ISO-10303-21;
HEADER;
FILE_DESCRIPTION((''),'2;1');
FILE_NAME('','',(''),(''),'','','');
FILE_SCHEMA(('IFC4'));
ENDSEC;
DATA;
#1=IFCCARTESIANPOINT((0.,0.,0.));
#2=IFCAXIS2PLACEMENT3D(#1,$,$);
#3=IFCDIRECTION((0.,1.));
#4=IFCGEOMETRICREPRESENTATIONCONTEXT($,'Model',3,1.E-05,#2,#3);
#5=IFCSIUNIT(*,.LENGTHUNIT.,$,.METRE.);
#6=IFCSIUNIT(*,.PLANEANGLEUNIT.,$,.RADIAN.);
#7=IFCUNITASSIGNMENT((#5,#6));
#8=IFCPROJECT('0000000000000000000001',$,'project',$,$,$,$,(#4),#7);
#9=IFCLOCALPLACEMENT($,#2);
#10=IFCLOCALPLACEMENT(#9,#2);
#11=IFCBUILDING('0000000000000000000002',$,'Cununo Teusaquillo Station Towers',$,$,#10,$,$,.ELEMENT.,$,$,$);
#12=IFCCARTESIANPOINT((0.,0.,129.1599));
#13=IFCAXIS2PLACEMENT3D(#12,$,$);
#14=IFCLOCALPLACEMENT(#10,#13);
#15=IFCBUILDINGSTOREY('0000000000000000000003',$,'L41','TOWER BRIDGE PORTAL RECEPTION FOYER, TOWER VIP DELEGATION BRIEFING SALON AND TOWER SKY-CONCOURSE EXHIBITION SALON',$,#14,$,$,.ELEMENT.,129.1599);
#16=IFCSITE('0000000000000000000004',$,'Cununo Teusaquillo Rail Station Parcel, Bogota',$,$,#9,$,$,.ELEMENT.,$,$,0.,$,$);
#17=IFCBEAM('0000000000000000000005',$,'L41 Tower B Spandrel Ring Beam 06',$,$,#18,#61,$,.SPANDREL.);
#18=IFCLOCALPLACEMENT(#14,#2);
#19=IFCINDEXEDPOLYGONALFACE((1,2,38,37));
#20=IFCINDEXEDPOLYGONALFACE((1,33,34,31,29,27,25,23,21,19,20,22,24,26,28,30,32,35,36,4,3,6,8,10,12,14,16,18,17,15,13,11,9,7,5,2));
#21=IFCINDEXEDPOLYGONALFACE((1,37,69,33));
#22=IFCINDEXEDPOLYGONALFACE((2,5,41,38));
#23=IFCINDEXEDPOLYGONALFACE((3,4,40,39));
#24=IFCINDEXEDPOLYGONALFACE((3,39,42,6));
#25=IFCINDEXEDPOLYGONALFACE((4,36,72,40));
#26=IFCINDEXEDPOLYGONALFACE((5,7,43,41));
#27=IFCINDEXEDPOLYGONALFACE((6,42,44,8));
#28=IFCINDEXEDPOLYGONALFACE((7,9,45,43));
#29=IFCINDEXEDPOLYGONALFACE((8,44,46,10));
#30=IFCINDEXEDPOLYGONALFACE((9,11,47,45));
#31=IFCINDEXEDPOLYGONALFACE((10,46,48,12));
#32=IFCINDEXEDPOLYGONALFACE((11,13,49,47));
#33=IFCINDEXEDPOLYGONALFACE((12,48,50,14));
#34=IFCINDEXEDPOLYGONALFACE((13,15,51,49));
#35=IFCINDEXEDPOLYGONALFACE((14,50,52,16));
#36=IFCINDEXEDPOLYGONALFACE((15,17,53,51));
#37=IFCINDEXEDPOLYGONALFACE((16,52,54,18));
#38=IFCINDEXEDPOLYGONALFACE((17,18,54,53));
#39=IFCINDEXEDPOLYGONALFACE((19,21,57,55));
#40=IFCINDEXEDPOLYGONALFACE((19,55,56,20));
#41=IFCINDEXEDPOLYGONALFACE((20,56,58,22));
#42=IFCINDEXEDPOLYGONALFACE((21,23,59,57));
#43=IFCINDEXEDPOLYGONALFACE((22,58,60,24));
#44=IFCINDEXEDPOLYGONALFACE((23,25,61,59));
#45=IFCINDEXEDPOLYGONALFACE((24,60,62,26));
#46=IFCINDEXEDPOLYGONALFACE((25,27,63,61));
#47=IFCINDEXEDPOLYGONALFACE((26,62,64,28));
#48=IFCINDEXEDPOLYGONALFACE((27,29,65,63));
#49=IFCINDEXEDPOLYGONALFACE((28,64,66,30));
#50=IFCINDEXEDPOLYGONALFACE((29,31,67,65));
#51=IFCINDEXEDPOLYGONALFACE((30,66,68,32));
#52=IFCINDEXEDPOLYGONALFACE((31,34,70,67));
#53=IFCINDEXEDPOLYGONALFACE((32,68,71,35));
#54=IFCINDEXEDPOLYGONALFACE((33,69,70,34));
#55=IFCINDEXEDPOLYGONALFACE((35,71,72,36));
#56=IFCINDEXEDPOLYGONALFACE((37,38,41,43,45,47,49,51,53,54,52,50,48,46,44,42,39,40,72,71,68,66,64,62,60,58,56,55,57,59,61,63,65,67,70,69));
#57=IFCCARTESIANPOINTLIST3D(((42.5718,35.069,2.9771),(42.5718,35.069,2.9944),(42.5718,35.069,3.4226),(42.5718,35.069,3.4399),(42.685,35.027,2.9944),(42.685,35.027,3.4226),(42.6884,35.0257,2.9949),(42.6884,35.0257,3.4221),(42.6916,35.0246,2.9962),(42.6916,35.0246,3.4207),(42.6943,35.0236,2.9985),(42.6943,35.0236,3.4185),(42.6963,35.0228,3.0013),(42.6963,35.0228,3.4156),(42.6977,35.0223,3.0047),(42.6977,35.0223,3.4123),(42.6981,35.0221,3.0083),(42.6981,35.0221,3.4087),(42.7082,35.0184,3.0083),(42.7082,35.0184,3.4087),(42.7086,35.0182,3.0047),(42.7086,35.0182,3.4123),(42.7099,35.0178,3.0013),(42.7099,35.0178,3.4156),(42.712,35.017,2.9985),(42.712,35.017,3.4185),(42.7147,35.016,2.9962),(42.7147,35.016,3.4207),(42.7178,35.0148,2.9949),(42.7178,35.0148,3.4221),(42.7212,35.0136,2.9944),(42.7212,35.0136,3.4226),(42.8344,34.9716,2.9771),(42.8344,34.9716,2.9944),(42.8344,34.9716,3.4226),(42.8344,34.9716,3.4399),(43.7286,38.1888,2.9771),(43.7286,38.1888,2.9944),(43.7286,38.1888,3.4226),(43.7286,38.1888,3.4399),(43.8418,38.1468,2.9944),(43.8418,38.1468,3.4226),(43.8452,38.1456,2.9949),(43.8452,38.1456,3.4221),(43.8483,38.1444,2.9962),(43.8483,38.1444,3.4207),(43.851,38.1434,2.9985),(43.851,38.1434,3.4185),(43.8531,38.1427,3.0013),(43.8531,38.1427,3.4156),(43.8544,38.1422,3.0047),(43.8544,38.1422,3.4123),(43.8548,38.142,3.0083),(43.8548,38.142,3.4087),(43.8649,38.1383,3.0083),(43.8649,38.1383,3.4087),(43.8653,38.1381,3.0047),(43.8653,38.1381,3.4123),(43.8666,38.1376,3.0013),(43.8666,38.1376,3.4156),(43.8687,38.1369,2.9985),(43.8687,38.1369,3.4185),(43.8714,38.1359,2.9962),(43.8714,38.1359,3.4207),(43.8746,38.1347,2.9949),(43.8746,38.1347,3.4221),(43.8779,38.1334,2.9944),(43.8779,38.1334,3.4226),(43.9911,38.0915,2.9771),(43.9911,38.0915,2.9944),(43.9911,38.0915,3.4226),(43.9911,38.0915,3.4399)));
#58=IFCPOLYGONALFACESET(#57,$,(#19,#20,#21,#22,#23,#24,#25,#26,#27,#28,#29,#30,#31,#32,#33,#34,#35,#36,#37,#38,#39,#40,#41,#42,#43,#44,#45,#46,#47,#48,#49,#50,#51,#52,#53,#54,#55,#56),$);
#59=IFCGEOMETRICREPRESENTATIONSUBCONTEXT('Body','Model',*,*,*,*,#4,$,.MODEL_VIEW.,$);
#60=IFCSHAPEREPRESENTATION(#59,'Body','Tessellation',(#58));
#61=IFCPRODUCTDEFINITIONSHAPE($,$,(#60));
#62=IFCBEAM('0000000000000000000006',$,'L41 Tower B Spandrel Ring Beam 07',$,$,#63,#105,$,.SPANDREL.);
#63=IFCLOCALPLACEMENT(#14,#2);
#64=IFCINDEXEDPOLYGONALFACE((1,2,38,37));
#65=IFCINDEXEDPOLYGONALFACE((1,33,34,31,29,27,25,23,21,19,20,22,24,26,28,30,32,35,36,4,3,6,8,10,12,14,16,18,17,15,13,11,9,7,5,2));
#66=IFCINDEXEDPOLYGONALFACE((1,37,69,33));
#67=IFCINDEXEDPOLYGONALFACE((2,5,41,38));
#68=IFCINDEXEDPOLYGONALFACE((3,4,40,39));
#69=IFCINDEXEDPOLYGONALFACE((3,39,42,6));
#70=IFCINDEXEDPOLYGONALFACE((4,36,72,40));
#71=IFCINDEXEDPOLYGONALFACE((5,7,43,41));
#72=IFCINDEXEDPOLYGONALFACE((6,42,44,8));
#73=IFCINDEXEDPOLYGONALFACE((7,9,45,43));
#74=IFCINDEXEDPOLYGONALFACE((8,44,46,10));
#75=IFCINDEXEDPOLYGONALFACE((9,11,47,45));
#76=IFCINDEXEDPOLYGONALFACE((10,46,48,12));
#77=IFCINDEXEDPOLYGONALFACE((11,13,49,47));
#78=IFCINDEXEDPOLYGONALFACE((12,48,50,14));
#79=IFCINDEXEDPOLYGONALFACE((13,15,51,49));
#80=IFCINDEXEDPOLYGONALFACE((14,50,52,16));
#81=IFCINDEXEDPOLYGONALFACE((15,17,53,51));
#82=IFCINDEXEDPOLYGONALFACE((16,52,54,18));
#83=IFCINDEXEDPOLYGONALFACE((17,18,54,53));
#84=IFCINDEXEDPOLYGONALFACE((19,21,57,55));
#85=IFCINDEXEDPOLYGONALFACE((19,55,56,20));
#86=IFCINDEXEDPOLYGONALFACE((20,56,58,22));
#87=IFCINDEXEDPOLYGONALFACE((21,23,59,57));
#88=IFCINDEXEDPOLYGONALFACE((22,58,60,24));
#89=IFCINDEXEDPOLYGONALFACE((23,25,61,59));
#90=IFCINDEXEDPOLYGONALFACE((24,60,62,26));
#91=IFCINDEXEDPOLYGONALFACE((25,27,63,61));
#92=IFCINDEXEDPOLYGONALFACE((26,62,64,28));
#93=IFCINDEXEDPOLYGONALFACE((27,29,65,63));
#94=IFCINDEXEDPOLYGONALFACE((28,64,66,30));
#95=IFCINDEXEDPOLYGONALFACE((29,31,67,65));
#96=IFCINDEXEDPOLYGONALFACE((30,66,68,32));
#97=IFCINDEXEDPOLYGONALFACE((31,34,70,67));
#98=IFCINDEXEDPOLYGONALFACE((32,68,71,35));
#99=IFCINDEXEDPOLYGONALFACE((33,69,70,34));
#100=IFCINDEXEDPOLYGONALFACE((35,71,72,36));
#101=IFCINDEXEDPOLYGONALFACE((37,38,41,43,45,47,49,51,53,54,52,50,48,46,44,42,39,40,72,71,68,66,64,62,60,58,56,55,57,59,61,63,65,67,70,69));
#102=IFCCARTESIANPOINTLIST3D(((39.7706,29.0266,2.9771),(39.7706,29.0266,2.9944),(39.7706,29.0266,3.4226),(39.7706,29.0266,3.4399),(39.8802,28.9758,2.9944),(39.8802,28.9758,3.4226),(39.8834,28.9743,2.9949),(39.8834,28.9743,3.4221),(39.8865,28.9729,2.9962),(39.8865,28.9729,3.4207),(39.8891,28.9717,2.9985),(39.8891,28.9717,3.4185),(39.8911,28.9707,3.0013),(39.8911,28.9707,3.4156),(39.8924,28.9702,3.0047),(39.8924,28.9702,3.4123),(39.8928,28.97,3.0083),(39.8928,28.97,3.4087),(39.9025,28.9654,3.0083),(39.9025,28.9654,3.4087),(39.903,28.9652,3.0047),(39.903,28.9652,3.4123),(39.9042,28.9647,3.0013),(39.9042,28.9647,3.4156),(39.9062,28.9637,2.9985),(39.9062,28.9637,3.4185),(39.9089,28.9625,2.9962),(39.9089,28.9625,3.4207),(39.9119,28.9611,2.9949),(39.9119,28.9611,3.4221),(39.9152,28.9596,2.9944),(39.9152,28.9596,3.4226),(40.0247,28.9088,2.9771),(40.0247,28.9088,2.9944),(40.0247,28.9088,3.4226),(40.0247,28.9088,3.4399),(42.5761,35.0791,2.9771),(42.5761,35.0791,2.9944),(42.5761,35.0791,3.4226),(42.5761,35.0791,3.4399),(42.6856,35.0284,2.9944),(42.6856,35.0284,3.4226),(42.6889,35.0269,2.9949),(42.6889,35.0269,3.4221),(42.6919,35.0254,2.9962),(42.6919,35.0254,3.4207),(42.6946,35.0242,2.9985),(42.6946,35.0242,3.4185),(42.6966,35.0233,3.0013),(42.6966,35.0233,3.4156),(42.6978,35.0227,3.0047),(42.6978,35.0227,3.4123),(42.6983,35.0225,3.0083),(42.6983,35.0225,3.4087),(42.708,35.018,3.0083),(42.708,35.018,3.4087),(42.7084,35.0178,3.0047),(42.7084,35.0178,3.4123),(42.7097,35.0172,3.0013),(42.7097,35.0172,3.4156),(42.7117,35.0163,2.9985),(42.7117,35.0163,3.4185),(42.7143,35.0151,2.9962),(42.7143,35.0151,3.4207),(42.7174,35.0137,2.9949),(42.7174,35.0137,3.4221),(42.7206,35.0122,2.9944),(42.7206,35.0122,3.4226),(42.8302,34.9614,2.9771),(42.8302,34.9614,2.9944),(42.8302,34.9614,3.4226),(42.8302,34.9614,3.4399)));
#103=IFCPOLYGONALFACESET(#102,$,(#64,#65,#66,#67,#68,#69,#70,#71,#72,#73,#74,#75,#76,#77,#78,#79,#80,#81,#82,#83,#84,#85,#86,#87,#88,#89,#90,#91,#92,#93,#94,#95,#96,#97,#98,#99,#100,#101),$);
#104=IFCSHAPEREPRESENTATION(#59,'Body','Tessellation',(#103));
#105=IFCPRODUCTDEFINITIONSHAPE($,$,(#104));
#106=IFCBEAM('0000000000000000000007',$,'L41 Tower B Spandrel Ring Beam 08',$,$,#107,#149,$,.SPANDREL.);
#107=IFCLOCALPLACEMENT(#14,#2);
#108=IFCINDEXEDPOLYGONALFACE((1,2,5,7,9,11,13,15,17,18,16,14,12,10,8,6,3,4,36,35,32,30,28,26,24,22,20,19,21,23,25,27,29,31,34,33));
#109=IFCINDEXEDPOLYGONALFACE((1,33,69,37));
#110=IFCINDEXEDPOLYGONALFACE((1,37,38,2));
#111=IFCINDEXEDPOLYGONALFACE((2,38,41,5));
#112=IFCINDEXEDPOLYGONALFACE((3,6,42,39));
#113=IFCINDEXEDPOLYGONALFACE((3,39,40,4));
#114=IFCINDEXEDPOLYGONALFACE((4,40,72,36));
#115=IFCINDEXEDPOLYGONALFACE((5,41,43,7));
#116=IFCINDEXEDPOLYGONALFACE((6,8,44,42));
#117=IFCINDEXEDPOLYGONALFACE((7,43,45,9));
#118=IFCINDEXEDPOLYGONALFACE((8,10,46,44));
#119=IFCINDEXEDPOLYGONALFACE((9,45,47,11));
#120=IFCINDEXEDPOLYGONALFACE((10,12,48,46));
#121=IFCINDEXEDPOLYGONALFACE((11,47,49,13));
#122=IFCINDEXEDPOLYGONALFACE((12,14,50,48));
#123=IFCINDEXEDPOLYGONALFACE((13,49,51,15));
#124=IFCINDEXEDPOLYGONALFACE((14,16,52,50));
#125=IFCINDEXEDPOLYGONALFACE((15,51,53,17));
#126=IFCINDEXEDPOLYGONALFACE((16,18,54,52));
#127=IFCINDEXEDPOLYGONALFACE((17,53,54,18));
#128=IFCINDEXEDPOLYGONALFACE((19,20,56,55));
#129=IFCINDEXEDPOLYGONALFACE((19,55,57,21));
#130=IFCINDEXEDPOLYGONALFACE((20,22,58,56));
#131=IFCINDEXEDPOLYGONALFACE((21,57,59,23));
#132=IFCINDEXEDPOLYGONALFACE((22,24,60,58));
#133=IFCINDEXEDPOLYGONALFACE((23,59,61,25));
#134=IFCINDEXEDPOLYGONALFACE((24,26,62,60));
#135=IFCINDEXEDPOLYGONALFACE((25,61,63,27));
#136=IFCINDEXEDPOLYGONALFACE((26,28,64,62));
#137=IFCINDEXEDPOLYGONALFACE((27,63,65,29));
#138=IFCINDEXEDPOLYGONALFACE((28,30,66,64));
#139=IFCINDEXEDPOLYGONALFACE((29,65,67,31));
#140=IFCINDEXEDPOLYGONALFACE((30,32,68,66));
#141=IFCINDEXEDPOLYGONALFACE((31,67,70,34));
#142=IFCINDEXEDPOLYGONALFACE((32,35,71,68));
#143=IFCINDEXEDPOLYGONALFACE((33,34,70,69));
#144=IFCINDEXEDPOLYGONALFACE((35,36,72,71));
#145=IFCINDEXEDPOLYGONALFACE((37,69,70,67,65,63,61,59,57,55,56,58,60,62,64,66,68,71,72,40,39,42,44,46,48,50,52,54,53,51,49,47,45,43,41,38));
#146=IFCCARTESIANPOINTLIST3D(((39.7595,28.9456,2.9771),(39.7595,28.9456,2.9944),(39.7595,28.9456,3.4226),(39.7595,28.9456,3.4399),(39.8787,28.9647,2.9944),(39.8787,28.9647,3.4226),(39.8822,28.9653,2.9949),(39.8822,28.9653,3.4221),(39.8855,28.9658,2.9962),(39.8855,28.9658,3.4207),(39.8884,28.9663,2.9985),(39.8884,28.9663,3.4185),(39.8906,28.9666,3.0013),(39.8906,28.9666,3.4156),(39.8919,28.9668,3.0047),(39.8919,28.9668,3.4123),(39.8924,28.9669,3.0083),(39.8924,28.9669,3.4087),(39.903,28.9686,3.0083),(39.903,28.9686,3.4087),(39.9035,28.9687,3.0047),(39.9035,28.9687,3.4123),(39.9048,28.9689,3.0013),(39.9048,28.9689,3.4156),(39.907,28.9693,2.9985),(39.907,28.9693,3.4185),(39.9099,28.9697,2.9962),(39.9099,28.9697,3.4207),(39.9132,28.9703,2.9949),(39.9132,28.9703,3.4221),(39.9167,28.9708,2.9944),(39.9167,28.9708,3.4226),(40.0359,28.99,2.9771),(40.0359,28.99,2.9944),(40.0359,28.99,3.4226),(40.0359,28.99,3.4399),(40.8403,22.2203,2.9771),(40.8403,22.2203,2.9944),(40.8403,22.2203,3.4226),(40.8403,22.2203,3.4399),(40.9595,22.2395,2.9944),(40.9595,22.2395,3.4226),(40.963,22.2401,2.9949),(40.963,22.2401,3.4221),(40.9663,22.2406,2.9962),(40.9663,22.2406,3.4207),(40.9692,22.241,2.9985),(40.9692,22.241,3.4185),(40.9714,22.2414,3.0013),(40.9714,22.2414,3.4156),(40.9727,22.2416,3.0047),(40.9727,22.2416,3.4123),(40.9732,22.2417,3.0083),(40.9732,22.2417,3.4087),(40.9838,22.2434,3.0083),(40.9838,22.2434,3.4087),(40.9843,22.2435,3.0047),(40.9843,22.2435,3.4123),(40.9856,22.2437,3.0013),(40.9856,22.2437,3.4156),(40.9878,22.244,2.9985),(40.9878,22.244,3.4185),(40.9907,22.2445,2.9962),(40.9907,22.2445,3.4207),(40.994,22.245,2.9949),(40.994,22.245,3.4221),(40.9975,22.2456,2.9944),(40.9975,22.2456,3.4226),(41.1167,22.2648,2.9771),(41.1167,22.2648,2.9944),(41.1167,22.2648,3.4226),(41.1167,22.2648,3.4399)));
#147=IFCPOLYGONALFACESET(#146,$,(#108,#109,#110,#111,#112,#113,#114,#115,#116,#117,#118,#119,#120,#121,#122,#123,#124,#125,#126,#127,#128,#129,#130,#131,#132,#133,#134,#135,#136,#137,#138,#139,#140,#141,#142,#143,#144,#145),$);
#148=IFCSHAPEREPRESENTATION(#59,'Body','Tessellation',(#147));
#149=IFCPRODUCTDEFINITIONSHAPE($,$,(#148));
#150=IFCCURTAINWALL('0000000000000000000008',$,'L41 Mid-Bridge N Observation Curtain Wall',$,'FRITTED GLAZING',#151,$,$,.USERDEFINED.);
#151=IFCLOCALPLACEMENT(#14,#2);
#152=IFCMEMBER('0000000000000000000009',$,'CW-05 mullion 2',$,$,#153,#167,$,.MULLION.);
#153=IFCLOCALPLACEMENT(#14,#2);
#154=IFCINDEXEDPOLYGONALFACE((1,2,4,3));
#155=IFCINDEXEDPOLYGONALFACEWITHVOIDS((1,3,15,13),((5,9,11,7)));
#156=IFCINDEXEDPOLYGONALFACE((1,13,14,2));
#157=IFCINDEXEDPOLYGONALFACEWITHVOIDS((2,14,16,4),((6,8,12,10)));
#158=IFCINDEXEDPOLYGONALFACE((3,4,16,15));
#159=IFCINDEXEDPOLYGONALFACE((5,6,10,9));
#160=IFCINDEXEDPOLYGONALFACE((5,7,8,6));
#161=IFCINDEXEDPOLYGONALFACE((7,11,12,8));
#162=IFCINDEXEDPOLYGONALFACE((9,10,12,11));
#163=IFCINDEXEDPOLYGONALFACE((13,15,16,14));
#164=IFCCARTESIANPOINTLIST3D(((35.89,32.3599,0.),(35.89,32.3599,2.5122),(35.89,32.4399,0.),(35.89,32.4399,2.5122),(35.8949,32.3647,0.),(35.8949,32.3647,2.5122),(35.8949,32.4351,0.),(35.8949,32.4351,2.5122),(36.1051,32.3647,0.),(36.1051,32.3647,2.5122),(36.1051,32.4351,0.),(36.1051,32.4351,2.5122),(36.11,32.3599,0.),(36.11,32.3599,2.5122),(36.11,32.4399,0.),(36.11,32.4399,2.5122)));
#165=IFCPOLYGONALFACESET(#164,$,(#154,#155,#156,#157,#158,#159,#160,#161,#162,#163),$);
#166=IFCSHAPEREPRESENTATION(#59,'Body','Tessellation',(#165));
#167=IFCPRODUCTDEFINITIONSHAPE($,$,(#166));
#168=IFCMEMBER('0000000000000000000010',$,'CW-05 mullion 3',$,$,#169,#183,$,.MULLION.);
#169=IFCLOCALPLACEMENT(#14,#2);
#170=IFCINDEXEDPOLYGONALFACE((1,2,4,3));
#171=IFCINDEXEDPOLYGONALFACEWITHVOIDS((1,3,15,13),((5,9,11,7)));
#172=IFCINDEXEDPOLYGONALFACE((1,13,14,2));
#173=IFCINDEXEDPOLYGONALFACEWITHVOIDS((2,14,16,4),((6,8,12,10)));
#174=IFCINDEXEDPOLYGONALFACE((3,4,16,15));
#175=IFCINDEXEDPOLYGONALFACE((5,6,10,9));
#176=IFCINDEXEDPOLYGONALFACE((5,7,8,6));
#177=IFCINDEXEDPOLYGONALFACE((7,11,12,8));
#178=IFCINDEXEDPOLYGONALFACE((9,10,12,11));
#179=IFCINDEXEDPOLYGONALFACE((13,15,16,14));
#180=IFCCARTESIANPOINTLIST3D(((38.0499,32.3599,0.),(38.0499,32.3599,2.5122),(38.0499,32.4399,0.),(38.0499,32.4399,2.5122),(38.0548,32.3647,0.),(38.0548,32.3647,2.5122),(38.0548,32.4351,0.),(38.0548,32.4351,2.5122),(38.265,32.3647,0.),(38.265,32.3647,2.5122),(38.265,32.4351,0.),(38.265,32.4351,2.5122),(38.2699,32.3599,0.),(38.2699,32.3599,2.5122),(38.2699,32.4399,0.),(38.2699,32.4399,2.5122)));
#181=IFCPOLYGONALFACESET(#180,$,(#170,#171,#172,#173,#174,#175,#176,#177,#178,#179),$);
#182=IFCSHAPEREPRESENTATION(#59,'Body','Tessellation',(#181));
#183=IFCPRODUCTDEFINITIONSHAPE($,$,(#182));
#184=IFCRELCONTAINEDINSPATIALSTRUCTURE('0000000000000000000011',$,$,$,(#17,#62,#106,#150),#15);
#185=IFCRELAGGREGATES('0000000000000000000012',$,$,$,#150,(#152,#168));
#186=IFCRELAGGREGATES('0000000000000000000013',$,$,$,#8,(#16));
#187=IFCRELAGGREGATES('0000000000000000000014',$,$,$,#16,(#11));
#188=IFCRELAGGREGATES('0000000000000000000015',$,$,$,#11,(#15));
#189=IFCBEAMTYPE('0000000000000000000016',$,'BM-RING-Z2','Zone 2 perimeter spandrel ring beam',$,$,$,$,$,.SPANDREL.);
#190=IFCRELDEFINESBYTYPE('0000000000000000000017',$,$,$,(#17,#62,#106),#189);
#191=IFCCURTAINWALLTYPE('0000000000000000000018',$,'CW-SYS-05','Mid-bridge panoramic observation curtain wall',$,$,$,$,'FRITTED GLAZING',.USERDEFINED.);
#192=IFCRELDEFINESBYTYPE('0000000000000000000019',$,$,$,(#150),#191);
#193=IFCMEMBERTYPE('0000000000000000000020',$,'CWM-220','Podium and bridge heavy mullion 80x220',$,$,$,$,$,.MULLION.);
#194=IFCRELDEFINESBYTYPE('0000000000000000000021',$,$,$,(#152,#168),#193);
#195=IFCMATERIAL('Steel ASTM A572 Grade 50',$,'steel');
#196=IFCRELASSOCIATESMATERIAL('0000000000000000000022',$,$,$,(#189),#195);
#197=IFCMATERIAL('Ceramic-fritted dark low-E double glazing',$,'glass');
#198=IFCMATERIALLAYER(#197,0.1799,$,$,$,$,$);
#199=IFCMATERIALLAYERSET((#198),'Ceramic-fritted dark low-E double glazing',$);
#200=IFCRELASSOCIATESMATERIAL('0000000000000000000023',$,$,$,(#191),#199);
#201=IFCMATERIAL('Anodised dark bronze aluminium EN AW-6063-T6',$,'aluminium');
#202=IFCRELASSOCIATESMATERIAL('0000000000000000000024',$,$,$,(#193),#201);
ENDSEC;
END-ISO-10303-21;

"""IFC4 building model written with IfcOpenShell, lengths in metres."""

from ifc_helpers import new_model, si_unit, direction, frame, origin, origin_2d, place, context, subcontext, project, spatial, hollow_rectangle, i_section, extrude, material, layer, layer_set, material_profile, profile_set, type_object, element, aggregate, save


model = new_model("IFC4")

# Units and contexts
model_context = context("Model", 3, precision=1e-05, world=origin(), true_north=direction((0.0, 1.0)))
body_context = subcontext(model_context, "Body", "Model", "MODEL_VIEW")
ifc_project = project(units=[si_unit("LENGTHUNIT", "METRE"), si_unit("PLANEANGLEUNIT", "RADIAN")], contexts=[model_context])

# Site, building, storey
site_placement = place(None, origin())
site = spatial("IfcSite", under=ifc_project, at=site_placement, Name="Cununo Teusaquillo Rail Station Parcel, Bogota", CompositionType="ELEMENT", RefElevation=0.0)
building_placement = place(site_placement, origin())
building = spatial("IfcBuilding", under=site, at=building_placement, Name="Cununo Teusaquillo Station Towers", CompositionType="ELEMENT")
storey_placement = place(building_placement, frame((0.0, 0.0, 129.1599)))
storey = spatial("IfcBuildingStorey", under=building, at=storey_placement, Name="L41", Description="TOWER BRIDGE PORTAL RECEPTION FOYER, TOWER VIP DELEGATION BRIEFING SALON AND TOWER SKY-CONCOURSE EXHIBITION SALON", CompositionType="ELEMENT", Elevation=129.1599)

# Beams
ifc_material_1 = material(Name="Steel ASTM A572 Grade 50", Category="steel")
ifc_material_profile_1 = material_profile(ifc_material_1, i_section(OverallWidth=0.28, OverallDepth=0.4629, WebThickness=0.0107, FlangeThickness=0.0173, FilletRadius=0.0139, at=origin_2d()), Name="W18X76")
ifc_profile_set_1 = profile_set([ifc_material_profile_1], Name="Steel ASTM A572 Grade 50")
beam_type_1 = type_object("IfcBeamType", Name="BM-RING-Z2", Description="Zone 2 perimeter spandrel ring beam", PredefinedType="SPANDREL", material=ifc_profile_set_1)
beam_1_placement = place(storey_placement, frame((43.8599, 38.1401, 3.2085), z_axis=(-0.347639, -0.937628, 0.0), x_axis=(0.937628, -0.347639, 0.0)))
element("IfcBeam", 1, at=beam_1_placement, inside=storey, type_object=beam_type_1, Name="L41 Tower B Spandrel Ring Beam 06", PredefinedType="SPANDREL", context=body_context, shape_type="SweptSolid", body=[
    extrude(i_section(OverallWidth=0.28, OverallDepth=0.4629, WebThickness=0.0107, FlangeThickness=0.0173, FilletRadius=0.0139, at=origin_2d()), origin(), (0.0, 0.0, 1.0), 3.3274),
])
beam_2_placement = place(storey_placement, frame((42.7031, 35.0203, 3.2085), z_axis=(-0.420536, -0.907276, 0.0), x_axis=(0.907276, -0.420536, 0.0)))
element("IfcBeam", 2, at=beam_2_placement, inside=storey, type_object=beam_type_1, Name="L41 Tower B Spandrel Ring Beam 07", PredefinedType="SPANDREL", context=body_context, shape_type="SweptSolid", body=[
    extrude(i_section(OverallWidth=0.28, OverallDepth=0.4629, WebThickness=0.0107, FlangeThickness=0.0173, FilletRadius=0.0139, at=origin_2d()), origin(), (0.0, 0.0, 1.0), 6.6711),
])
beam_3_placement = place(storey_placement, frame((39.8977, 28.9678, 3.2085), z_axis=(0.158671, -0.987331, 0.0), x_axis=(0.987331, 0.158671, 0.0)))
element("IfcBeam", 3, at=beam_3_placement, inside=storey, type_object=beam_type_1, Name="L41 Tower B Spandrel Ring Beam 08", PredefinedType="SPANDREL", context=body_context, shape_type="SweptSolid", body=[
    extrude(i_section(OverallWidth=0.28, OverallDepth=0.4629, WebThickness=0.0107, FlangeThickness=0.0173, FilletRadius=0.0139, at=origin_2d()), origin(), (0.0, 0.0, 1.0), 6.8115),
])

# Curtain wall, members
ifc_material_2 = material(Name="Ceramic-fritted dark low-E double glazing", Category="glass")
ifc_layer_1 = layer(ifc_material_2, 0.1799)
ifc_layer_set_1 = layer_set([ifc_layer_1], Name="Ceramic-fritted dark low-E double glazing")
curtain_wall_type = type_object("IfcCurtainWallType", Name="CW-SYS-05", Description="Mid-bridge panoramic observation curtain wall", ElementType="FRITTED GLAZING", PredefinedType="USERDEFINED", material=ifc_layer_set_1)
curtain_wall_placement = place(storey_placement, origin())
curtain_wall = element("IfcCurtainWall", 4, at=curtain_wall_placement, inside=storey, type_object=curtain_wall_type, Name="L41 Mid-Bridge N Observation Curtain Wall", ObjectType="FRITTED GLAZING", PredefinedType="USERDEFINED")
ifc_material_3 = material(Name="Anodised dark bronze aluminium EN AW-6063-T6", Category="aluminium")
ifc_material_profile_2 = material_profile(ifc_material_3, hollow_rectangle(XDim=0.0801, YDim=0.22, WallThickness=0.0049, at=origin_2d()), Name="CW-MULL-80x220")
ifc_profile_set_2 = profile_set([ifc_material_profile_2], Name="Anodised dark bronze aluminium EN AW-6063-T6")
member_type_1 = type_object("IfcMemberType", Name="CWM-220", Description="Podium and bridge heavy mullion 80x220", PredefinedType="MULLION", material=ifc_profile_set_2)
member_1_placement = place(storey_placement, frame((36.0, 32.3999, 0.0), z_axis=(0.0, 0.0, 1.0), x_axis=(0.0, 1.0, 0.0)))
member_1 = element("IfcMember", 5, at=member_1_placement, type_object=member_type_1, Name="CW-05 mullion 2", PredefinedType="MULLION", context=body_context, shape_type="SweptSolid", body=[
    extrude(hollow_rectangle(XDim=0.0801, YDim=0.22, WallThickness=0.0049, at=origin_2d()), origin(), (0.0, 0.0, 1.0), 2.5122),
])
member_2_placement = place(storey_placement, frame((38.1599, 32.3999, 0.0), z_axis=(0.0, 0.0, 1.0), x_axis=(0.0, 1.0, 0.0)))
member_2 = element("IfcMember", 6, at=member_2_placement, type_object=member_type_1, Name="CW-05 mullion 3", PredefinedType="MULLION", context=body_context, shape_type="SweptSolid", body=[
    extrude(hollow_rectangle(XDim=0.0801, YDim=0.22, WallThickness=0.0049, at=origin_2d()), origin(), (0.0, 0.0, 1.0), 2.5122),
])

aggregate(curtain_wall, [member_1, member_2])

save(model, "model.ifc")
